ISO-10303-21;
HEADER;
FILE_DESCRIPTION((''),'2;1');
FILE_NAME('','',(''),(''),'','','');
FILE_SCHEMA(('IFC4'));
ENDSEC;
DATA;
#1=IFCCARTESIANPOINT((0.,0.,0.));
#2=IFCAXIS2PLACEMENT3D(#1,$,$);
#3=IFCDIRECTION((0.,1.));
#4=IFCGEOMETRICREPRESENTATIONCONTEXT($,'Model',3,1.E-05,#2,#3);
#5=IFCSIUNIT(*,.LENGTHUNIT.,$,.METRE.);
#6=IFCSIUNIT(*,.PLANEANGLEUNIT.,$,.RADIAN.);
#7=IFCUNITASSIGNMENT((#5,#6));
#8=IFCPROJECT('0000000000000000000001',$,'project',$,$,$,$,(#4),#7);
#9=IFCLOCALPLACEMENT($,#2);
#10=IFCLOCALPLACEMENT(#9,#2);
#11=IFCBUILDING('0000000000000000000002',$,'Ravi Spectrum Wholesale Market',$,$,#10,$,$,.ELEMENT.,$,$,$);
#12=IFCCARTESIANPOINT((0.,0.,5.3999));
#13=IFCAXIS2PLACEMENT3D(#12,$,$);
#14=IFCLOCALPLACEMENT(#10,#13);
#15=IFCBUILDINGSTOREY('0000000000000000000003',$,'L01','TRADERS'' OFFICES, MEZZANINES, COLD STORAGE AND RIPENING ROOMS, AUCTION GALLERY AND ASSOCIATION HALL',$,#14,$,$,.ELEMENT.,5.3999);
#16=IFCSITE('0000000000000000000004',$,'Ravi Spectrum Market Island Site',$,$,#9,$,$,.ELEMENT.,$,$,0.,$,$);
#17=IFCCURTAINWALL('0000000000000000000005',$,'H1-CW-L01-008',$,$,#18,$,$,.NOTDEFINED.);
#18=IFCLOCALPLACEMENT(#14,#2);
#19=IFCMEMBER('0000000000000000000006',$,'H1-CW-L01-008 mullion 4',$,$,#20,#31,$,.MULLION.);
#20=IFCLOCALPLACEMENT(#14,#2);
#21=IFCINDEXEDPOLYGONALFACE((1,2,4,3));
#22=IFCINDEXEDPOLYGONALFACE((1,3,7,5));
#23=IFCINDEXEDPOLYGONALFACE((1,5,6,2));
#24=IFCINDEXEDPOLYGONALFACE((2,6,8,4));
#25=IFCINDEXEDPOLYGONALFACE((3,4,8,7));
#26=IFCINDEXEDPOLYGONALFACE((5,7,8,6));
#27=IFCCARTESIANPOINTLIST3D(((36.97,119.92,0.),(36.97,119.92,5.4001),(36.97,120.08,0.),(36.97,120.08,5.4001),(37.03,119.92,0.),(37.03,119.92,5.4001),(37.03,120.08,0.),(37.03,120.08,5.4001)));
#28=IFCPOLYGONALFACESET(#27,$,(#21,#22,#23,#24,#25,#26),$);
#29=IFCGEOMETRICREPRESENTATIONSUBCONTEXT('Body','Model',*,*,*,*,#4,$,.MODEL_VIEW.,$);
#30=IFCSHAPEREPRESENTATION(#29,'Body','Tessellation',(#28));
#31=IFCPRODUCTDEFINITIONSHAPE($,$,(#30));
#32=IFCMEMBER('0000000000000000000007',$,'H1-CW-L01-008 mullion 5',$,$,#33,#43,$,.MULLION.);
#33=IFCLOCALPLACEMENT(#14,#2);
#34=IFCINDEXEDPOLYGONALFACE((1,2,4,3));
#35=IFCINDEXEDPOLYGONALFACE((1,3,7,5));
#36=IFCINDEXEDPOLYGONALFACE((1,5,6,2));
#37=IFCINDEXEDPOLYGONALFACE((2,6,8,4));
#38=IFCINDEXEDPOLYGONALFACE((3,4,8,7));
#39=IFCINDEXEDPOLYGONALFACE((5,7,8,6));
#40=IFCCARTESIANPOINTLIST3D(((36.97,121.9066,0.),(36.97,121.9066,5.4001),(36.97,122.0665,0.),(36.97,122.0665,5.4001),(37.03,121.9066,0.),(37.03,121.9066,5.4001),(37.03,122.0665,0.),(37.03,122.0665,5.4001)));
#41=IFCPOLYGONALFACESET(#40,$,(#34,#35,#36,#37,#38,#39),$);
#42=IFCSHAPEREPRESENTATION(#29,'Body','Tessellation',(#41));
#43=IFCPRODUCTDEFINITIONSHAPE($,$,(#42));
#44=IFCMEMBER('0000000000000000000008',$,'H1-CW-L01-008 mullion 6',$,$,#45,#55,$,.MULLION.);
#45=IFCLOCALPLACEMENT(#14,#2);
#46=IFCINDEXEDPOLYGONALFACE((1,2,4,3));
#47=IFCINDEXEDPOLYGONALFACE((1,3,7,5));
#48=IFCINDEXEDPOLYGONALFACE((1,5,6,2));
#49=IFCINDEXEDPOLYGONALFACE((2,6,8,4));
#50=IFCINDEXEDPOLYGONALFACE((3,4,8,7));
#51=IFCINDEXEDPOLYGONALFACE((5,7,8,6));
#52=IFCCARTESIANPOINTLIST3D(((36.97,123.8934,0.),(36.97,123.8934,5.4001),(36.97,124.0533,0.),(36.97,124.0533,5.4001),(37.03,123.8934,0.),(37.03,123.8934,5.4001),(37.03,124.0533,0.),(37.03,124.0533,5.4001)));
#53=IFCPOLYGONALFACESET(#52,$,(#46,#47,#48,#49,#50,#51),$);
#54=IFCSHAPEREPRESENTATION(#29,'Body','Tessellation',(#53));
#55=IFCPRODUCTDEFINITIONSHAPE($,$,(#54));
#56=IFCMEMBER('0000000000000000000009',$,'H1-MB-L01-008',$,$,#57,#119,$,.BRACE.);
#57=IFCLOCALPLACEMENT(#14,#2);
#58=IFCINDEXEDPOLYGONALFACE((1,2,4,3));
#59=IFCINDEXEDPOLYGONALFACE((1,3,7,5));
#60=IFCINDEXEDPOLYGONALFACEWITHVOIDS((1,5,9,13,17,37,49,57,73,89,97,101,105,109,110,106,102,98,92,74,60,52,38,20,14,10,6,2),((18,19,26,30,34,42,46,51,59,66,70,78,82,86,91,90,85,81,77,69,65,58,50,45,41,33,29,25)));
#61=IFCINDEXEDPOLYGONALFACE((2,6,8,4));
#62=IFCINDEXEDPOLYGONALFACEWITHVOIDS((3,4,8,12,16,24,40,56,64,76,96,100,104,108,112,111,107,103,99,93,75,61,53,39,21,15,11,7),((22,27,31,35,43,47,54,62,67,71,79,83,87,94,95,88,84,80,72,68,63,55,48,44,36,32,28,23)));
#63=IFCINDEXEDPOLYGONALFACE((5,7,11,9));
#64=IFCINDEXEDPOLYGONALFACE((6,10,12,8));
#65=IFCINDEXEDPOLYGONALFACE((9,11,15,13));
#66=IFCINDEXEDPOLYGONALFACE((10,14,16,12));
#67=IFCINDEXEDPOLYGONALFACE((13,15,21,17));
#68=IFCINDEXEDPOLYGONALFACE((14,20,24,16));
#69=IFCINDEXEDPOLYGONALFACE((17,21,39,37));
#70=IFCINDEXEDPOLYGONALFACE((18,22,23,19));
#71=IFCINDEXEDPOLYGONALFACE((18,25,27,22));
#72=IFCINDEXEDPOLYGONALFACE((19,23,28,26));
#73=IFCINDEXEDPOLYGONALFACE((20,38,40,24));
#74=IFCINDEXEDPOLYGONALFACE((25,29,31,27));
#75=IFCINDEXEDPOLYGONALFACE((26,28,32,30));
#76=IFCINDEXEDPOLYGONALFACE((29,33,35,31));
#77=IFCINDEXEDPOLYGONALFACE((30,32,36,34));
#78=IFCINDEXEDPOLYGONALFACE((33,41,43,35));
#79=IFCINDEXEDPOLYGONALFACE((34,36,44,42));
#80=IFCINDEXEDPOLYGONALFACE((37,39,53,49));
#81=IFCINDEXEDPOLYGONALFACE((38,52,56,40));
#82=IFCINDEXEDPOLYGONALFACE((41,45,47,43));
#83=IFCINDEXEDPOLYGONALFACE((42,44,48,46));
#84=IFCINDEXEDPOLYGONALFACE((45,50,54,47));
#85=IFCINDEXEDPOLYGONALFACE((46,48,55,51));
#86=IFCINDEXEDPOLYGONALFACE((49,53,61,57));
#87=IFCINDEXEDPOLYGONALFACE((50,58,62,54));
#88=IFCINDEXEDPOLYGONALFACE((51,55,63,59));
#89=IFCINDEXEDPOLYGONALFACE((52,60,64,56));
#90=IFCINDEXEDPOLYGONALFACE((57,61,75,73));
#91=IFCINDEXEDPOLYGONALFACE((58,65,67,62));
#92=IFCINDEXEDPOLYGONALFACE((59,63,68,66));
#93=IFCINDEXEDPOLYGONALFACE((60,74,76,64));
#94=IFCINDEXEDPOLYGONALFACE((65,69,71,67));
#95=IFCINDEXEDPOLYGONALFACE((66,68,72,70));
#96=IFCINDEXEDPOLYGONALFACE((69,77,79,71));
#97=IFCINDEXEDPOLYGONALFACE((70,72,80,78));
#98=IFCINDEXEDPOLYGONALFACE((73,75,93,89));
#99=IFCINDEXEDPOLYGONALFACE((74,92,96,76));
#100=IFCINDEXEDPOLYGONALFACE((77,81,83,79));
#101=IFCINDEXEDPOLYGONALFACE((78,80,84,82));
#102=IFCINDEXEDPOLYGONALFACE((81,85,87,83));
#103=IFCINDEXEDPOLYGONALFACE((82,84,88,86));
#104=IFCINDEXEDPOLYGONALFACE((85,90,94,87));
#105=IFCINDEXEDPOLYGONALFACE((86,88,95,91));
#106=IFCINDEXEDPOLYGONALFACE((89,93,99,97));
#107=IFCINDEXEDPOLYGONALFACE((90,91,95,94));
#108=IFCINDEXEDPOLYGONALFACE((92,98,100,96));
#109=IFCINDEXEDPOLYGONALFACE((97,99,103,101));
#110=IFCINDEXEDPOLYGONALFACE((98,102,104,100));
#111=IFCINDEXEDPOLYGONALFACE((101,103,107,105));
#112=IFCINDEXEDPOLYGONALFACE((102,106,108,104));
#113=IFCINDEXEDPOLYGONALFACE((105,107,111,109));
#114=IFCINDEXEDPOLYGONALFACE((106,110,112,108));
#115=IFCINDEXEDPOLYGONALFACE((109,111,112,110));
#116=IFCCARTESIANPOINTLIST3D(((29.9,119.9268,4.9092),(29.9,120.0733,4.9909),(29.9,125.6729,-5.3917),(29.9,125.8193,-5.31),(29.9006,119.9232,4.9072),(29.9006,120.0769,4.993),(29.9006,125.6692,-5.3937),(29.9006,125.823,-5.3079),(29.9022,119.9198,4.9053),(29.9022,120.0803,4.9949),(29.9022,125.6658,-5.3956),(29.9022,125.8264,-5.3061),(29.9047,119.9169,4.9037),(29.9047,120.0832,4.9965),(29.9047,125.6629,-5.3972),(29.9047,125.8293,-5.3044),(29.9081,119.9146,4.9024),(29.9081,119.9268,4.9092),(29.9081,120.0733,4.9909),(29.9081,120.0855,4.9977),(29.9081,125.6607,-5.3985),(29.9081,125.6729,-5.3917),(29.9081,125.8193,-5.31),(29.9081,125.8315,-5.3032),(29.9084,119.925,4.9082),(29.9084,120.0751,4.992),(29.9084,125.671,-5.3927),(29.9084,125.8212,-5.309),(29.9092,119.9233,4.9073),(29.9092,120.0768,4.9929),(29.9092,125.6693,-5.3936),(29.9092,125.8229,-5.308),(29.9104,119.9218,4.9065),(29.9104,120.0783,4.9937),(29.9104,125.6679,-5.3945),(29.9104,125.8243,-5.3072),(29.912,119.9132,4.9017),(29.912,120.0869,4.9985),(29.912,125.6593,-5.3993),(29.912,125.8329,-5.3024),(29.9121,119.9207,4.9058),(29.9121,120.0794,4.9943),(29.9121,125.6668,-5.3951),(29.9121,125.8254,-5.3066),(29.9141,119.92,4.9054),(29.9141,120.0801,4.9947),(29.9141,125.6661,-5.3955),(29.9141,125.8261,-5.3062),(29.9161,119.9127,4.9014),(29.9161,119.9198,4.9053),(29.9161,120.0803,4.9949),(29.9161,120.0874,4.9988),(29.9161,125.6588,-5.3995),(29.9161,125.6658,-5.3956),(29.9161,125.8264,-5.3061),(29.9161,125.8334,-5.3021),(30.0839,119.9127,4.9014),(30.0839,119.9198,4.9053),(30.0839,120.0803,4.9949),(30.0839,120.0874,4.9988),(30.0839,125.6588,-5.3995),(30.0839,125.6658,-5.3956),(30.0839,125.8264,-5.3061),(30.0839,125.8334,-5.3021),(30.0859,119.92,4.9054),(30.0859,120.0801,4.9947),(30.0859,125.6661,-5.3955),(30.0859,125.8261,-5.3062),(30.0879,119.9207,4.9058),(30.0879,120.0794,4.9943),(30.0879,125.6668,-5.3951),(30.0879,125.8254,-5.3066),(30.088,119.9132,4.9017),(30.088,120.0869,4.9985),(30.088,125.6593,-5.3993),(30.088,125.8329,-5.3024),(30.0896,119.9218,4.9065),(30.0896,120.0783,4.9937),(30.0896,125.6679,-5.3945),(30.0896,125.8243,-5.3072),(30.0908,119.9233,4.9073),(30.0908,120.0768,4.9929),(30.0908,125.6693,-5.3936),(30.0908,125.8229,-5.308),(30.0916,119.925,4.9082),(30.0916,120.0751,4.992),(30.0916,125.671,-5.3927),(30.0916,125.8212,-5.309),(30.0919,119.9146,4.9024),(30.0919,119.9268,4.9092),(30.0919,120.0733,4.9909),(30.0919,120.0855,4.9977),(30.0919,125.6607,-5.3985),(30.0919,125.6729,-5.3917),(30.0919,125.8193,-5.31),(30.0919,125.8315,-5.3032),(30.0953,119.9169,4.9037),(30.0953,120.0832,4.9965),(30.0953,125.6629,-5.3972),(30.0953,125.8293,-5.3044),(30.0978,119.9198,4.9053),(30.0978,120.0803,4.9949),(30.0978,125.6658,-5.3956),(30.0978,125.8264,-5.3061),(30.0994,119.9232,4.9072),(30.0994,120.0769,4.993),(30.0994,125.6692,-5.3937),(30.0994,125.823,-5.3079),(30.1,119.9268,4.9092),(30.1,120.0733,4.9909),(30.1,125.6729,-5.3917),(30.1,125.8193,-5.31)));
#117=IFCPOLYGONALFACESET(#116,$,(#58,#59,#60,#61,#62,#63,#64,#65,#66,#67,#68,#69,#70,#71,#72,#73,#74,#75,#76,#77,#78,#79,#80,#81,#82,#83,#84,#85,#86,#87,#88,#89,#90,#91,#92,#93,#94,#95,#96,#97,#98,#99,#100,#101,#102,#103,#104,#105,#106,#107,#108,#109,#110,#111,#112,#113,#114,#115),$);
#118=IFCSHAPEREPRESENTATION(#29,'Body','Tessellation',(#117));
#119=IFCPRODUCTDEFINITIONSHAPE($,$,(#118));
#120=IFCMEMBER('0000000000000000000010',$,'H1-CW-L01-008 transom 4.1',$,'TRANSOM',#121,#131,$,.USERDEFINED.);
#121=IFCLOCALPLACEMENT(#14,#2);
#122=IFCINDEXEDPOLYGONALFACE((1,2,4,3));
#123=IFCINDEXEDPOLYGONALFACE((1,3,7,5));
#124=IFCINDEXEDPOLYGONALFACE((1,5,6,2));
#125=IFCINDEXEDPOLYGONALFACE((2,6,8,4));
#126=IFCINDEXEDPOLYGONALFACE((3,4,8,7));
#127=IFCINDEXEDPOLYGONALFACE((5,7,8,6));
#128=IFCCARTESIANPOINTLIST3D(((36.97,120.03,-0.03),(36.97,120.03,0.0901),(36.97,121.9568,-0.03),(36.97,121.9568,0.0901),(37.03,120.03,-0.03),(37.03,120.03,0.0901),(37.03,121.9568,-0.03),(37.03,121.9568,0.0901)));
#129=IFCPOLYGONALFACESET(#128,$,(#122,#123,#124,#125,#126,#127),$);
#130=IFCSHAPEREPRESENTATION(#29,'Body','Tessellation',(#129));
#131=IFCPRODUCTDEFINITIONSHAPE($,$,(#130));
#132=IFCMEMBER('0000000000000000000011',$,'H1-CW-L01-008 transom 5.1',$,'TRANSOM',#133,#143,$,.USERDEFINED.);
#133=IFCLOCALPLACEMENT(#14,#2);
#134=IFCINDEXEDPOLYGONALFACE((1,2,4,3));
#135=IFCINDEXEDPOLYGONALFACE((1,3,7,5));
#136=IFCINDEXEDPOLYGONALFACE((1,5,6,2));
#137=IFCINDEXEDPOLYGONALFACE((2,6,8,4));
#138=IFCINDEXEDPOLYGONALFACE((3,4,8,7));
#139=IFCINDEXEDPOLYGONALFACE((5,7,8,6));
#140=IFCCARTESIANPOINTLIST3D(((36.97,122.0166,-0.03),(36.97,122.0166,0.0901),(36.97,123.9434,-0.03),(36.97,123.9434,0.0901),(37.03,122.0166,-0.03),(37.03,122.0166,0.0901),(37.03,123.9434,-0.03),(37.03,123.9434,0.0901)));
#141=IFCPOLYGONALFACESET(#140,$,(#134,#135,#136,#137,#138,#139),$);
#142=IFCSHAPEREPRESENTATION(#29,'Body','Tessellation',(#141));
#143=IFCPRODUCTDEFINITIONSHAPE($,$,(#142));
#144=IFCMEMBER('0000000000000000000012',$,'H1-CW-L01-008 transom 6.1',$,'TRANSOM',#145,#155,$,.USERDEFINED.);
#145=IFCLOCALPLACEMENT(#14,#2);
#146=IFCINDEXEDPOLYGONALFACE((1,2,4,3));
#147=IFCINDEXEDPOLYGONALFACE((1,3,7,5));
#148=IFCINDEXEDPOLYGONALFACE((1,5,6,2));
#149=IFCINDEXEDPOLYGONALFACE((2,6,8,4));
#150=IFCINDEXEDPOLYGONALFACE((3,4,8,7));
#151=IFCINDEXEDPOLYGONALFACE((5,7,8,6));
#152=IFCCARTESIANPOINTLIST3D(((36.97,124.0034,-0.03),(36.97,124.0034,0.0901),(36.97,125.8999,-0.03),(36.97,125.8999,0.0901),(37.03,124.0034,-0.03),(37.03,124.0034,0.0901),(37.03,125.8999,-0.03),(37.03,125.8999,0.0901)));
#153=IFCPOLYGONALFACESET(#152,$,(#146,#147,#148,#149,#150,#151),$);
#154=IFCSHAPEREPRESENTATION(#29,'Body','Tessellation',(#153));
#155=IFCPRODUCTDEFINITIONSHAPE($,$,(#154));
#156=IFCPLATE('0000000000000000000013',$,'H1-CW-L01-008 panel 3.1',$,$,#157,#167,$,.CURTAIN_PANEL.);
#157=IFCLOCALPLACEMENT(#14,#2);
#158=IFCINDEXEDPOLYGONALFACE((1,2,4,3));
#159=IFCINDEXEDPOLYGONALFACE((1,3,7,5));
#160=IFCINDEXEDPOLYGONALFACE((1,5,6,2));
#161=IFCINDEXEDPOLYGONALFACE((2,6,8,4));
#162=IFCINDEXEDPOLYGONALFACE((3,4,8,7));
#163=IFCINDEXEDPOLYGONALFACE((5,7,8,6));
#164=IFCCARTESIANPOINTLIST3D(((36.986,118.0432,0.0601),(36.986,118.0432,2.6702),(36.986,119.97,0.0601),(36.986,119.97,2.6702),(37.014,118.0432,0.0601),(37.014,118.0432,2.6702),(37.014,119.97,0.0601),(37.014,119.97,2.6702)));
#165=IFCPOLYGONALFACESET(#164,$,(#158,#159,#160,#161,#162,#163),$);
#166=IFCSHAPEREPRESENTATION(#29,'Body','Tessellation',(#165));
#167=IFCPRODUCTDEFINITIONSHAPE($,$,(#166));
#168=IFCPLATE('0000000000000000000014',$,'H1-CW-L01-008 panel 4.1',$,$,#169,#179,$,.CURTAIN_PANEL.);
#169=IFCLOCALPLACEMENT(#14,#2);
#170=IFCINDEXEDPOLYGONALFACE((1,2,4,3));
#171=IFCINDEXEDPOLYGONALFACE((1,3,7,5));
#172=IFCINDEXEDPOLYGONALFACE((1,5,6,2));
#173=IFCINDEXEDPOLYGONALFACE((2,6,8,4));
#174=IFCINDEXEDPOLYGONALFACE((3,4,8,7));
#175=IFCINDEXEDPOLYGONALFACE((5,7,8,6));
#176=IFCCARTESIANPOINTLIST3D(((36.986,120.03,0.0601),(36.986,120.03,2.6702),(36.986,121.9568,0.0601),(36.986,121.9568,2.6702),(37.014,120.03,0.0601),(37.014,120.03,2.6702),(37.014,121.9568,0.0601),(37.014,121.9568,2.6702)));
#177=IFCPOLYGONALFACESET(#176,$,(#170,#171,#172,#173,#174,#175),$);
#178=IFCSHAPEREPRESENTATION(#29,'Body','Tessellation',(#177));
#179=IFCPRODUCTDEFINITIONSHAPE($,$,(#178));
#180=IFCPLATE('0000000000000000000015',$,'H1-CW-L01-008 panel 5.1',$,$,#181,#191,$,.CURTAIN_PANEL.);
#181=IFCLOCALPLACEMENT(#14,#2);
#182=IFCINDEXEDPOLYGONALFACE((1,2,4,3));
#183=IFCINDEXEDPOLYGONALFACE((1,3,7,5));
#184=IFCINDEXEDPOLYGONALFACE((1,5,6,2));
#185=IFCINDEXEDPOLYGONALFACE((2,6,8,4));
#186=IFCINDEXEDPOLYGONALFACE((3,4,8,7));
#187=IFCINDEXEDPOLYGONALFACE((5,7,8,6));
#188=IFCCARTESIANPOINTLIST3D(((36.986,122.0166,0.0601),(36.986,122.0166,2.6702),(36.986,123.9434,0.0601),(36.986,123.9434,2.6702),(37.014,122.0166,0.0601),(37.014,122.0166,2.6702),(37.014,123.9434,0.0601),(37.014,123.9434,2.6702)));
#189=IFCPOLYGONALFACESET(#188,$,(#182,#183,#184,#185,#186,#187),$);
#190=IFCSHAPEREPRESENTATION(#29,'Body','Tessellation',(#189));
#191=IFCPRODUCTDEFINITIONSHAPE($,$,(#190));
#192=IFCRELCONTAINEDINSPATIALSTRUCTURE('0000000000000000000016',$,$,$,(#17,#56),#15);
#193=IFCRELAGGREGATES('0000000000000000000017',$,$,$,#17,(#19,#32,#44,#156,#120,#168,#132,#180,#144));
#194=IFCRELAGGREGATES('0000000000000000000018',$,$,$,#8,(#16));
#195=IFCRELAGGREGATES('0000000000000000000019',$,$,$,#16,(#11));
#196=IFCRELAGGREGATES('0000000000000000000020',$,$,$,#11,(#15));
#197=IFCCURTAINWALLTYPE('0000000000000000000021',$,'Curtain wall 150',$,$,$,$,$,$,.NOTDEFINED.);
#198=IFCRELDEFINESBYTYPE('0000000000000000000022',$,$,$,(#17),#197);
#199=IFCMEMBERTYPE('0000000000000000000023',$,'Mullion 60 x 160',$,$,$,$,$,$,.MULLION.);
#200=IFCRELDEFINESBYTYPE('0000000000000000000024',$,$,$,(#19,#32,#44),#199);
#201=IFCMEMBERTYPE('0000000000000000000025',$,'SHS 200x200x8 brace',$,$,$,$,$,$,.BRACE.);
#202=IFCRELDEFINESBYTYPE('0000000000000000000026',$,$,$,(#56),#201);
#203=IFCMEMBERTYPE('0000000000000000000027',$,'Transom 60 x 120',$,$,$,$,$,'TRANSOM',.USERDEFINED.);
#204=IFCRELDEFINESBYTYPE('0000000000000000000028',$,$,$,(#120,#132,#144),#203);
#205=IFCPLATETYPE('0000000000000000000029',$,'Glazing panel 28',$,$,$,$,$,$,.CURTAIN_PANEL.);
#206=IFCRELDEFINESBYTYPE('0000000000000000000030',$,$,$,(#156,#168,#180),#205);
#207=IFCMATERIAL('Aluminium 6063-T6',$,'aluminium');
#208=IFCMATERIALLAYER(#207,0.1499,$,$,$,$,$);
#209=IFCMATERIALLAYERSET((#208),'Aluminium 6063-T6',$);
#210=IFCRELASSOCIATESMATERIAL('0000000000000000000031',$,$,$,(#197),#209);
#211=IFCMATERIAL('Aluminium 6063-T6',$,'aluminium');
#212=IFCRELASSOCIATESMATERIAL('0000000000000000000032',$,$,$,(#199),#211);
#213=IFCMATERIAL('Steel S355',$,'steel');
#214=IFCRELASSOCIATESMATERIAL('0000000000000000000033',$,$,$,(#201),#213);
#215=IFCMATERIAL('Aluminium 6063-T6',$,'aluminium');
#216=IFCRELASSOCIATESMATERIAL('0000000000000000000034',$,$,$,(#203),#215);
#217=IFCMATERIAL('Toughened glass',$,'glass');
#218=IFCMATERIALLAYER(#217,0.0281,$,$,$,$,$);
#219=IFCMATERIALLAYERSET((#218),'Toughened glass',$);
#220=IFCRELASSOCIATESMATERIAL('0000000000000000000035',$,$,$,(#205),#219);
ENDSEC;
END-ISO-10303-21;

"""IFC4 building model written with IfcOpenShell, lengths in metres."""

from ifc_helpers import new_model, si_unit, direction, frame, origin, origin_2d, place, context, subcontext, project, spatial, rectangle, hollow_rectangle, extrude, material, layer, layer_set, material_profile, profile_set, type_object, element, aggregate, save


model = new_model("IFC4")

# Units and contexts
model_context = context("Model", 3, precision=1e-05, world=origin(), true_north=direction((0.0, 1.0)))
body_context = subcontext(model_context, "Body", "Model", "MODEL_VIEW")
ifc_project = project(units=[si_unit("LENGTHUNIT", "METRE"), si_unit("PLANEANGLEUNIT", "RADIAN")], contexts=[model_context])

# Site, building, storey
site_placement = place(None, origin())
site = spatial("IfcSite", under=ifc_project, at=site_placement, Name="Ravi Spectrum Market Island Site", CompositionType="ELEMENT", RefElevation=0.0)
building_placement = place(site_placement, origin())
building = spatial("IfcBuilding", under=site, at=building_placement, Name="Ravi Spectrum Wholesale Market", CompositionType="ELEMENT")
storey_placement = place(building_placement, frame((0.0, 0.0, 5.3999)))
storey = spatial("IfcBuildingStorey", under=building, at=storey_placement, Name="L01", Description="TRADERS' OFFICES, MEZZANINES, COLD STORAGE AND RIPENING ROOMS, AUCTION GALLERY AND ASSOCIATION HALL", CompositionType="ELEMENT", Elevation=5.3999)

# Curtain wall, members
ifc_material_1 = material(Name="Aluminium 6063-T6", Category="aluminium")
ifc_layer_1 = layer(ifc_material_1, 0.1499)
ifc_layer_set_1 = layer_set([ifc_layer_1], Name="Aluminium 6063-T6")
curtain_wall_type = type_object("IfcCurtainWallType", Name="Curtain wall 150", PredefinedType="NOTDEFINED", material=ifc_layer_set_1)
curtain_wall_placement = place(storey_placement, origin())
curtain_wall = element("IfcCurtainWall", 1, at=curtain_wall_placement, inside=storey, type_object=curtain_wall_type, Name="H1-CW-L01-008", PredefinedType="NOTDEFINED")
ifc_material_2 = material(Name="Aluminium 6063-T6", Category="aluminium")
ifc_material_profile_1 = material_profile(ifc_material_2, rectangle(XDim=0.0601, YDim=0.1599, at=origin_2d()))
ifc_profile_set_1 = profile_set([ifc_material_profile_1], Name="Aluminium 6063-T6")
member_type_1 = type_object("IfcMemberType", Name="Mullion 60 x 160", PredefinedType="MULLION", material=ifc_profile_set_1)
member_1_placement = place(storey_placement, frame((37.0, 120.0, 0.0), z_axis=(0.0, 0.0, 1.0), x_axis=(-1.0, 0.0, 0.0)))
member_1 = element("IfcMember", 2, at=member_1_placement, type_object=member_type_1, Name="H1-CW-L01-008 mullion 4", PredefinedType="MULLION", context=body_context, shape_type="SweptSolid", body=[
    extrude(rectangle(XDim=0.0601, YDim=0.1599, at=origin_2d()), origin(), (0.0, 0.0, 1.0), 5.4001),
])
member_2_placement = place(storey_placement, frame((37.0, 121.9866, 0.0), z_axis=(0.0, 0.0, 1.0), x_axis=(-1.0, 0.0, 0.0)))
member_2 = element("IfcMember", 3, at=member_2_placement, type_object=member_type_1, Name="H1-CW-L01-008 mullion 5", PredefinedType="MULLION", context=body_context, shape_type="SweptSolid", body=[
    extrude(rectangle(XDim=0.0601, YDim=0.1599, at=origin_2d()), origin(), (0.0, 0.0, 1.0), 5.4001),
])
member_3_placement = place(storey_placement, frame((37.0, 123.9734, 0.0), z_axis=(0.0, 0.0, 1.0), x_axis=(-1.0, 0.0, 0.0)))
member_3 = element("IfcMember", 4, at=member_3_placement, type_object=member_type_1, Name="H1-CW-L01-008 mullion 6", PredefinedType="MULLION", context=body_context, shape_type="SweptSolid", body=[
    extrude(rectangle(XDim=0.0601, YDim=0.1599, at=origin_2d()), origin(), (0.0, 0.0, 1.0), 5.4001),
])

# Members
ifc_material_3 = material(Name="Steel S355", Category="steel")
ifc_material_profile_2 = material_profile(ifc_material_3, hollow_rectangle(XDim=0.2, YDim=0.2, WallThickness=0.0081, InnerFilletRadius=0.0081, OuterFilletRadius=0.0161, at=origin_2d()))
ifc_profile_set_2 = profile_set([ifc_material_profile_2], Name="Steel S355")
member_type_2 = type_object("IfcMemberType", Name="SHS 200x200x8 brace", PredefinedType="BRACE", material=ifc_profile_set_2)
member_4_placement = place(storey_placement, frame((30.0, 125.7461, -5.3508), z_axis=(0.0, -0.487152, 0.873317), x_axis=(1.0, 0.0, 0.0)))
element("IfcMember", 5, at=member_4_placement, inside=storey, type_object=member_type_2, Name="H1-MB-L01-008", PredefinedType="BRACE", context=body_context, shape_type="SweptSolid", body=[
    extrude(hollow_rectangle(XDim=0.2, YDim=0.2, WallThickness=0.0081, InnerFilletRadius=0.0081, OuterFilletRadius=0.0161, at=origin_2d()), origin(), (0.0, 0.0, 1.0), 11.7952),
])
ifc_material_4 = material(Name="Aluminium 6063-T6", Category="aluminium")
ifc_material_profile_3 = material_profile(ifc_material_4, rectangle(XDim=0.0601, YDim=0.1201, at=origin_2d()))
ifc_profile_set_3 = profile_set([ifc_material_profile_3], Name="Aluminium 6063-T6")
member_type_3 = type_object("IfcMemberType", Name="Transom 60 x 120", ElementType="TRANSOM", PredefinedType="USERDEFINED", material=ifc_profile_set_3)
member_5_placement = place(storey_placement, frame((37.0, 120.03, 0.03), z_axis=(0.0, 1.0, 0.0), x_axis=(-1.0, 0.0, 0.0)))
member_5 = element("IfcMember", 6, at=member_5_placement, type_object=member_type_3, Name="H1-CW-L01-008 transom 4.1", ObjectType="TRANSOM", PredefinedType="USERDEFINED", context=body_context, shape_type="SweptSolid", body=[
    extrude(rectangle(XDim=0.0601, YDim=0.1201, at=origin_2d()), origin(), (0.0, 0.0, 1.0), 1.9268),
])
member_6_placement = place(storey_placement, frame((37.0, 122.0166, 0.03), z_axis=(0.0, 1.0, 0.0), x_axis=(-1.0, 0.0, 0.0)))
member_6 = element("IfcMember", 7, at=member_6_placement, type_object=member_type_3, Name="H1-CW-L01-008 transom 5.1", ObjectType="TRANSOM", PredefinedType="USERDEFINED", context=body_context, shape_type="SweptSolid", body=[
    extrude(rectangle(XDim=0.0601, YDim=0.1201, at=origin_2d()), origin(), (0.0, 0.0, 1.0), 1.9268),
])
member_7_placement = place(storey_placement, frame((37.0, 124.0034, 0.03), z_axis=(0.0, 1.0, 0.0), x_axis=(-1.0, 0.0, 0.0)))
member_7 = element("IfcMember", 8, at=member_7_placement, type_object=member_type_3, Name="H1-CW-L01-008 transom 6.1", ObjectType="TRANSOM", PredefinedType="USERDEFINED", context=body_context, shape_type="SweptSolid", body=[
    extrude(rectangle(XDim=0.0601, YDim=0.1201, at=origin_2d()), origin(), (0.0, 0.0, 1.0), 1.8965),
])

# Plates
ifc_material_5 = material(Name="Toughened glass", Category="glass")
ifc_layer_2 = layer(ifc_material_5, 0.0281)
ifc_layer_set_2 = layer_set([ifc_layer_2], Name="Toughened glass")
plate_type = type_object("IfcPlateType", Name="Glazing panel 28", PredefinedType="CURTAIN_PANEL", material=ifc_layer_set_2)
plate_1_placement = place(storey_placement, frame((37.0, 119.0066, 0.0601), z_axis=(0.0, 0.0, 1.0), x_axis=(0.0, 1.0, 0.0)))
plate_1 = element("IfcPlate", 9, at=plate_1_placement, type_object=plate_type, Name="H1-CW-L01-008 panel 3.1", PredefinedType="CURTAIN_PANEL", context=body_context, shape_type="SweptSolid", body=[
    extrude(rectangle(XDim=1.9268, YDim=0.0281, at=origin_2d()), origin(), (0.0, 0.0, 1.0), 2.6101),
])
plate_2_placement = place(storey_placement, frame((37.0, 120.9934, 0.0601), z_axis=(0.0, 0.0, 1.0), x_axis=(0.0, 1.0, 0.0)))
plate_2 = element("IfcPlate", 10, at=plate_2_placement, type_object=plate_type, Name="H1-CW-L01-008 panel 4.1", PredefinedType="CURTAIN_PANEL", context=body_context, shape_type="SweptSolid", body=[
    extrude(rectangle(XDim=1.9268, YDim=0.0281, at=origin_2d()), origin(), (0.0, 0.0, 1.0), 2.6101),
])
plate_3_placement = place(storey_placement, frame((37.0, 122.98, 0.0601), z_axis=(0.0, 0.0, 1.0), x_axis=(0.0, 1.0, 0.0)))
plate_3 = element("IfcPlate", 11, at=plate_3_placement, type_object=plate_type, Name="H1-CW-L01-008 panel 5.1", PredefinedType="CURTAIN_PANEL", context=body_context, shape_type="SweptSolid", body=[
    extrude(rectangle(XDim=1.9268, YDim=0.0281, at=origin_2d()), origin(), (0.0, 0.0, 1.0), 2.6101),
])
aggregate(curtain_wall, [member_1, member_2, member_3, plate_1, member_5, plate_2, member_6, plate_3, member_7])

save(model, "model.ifc")
